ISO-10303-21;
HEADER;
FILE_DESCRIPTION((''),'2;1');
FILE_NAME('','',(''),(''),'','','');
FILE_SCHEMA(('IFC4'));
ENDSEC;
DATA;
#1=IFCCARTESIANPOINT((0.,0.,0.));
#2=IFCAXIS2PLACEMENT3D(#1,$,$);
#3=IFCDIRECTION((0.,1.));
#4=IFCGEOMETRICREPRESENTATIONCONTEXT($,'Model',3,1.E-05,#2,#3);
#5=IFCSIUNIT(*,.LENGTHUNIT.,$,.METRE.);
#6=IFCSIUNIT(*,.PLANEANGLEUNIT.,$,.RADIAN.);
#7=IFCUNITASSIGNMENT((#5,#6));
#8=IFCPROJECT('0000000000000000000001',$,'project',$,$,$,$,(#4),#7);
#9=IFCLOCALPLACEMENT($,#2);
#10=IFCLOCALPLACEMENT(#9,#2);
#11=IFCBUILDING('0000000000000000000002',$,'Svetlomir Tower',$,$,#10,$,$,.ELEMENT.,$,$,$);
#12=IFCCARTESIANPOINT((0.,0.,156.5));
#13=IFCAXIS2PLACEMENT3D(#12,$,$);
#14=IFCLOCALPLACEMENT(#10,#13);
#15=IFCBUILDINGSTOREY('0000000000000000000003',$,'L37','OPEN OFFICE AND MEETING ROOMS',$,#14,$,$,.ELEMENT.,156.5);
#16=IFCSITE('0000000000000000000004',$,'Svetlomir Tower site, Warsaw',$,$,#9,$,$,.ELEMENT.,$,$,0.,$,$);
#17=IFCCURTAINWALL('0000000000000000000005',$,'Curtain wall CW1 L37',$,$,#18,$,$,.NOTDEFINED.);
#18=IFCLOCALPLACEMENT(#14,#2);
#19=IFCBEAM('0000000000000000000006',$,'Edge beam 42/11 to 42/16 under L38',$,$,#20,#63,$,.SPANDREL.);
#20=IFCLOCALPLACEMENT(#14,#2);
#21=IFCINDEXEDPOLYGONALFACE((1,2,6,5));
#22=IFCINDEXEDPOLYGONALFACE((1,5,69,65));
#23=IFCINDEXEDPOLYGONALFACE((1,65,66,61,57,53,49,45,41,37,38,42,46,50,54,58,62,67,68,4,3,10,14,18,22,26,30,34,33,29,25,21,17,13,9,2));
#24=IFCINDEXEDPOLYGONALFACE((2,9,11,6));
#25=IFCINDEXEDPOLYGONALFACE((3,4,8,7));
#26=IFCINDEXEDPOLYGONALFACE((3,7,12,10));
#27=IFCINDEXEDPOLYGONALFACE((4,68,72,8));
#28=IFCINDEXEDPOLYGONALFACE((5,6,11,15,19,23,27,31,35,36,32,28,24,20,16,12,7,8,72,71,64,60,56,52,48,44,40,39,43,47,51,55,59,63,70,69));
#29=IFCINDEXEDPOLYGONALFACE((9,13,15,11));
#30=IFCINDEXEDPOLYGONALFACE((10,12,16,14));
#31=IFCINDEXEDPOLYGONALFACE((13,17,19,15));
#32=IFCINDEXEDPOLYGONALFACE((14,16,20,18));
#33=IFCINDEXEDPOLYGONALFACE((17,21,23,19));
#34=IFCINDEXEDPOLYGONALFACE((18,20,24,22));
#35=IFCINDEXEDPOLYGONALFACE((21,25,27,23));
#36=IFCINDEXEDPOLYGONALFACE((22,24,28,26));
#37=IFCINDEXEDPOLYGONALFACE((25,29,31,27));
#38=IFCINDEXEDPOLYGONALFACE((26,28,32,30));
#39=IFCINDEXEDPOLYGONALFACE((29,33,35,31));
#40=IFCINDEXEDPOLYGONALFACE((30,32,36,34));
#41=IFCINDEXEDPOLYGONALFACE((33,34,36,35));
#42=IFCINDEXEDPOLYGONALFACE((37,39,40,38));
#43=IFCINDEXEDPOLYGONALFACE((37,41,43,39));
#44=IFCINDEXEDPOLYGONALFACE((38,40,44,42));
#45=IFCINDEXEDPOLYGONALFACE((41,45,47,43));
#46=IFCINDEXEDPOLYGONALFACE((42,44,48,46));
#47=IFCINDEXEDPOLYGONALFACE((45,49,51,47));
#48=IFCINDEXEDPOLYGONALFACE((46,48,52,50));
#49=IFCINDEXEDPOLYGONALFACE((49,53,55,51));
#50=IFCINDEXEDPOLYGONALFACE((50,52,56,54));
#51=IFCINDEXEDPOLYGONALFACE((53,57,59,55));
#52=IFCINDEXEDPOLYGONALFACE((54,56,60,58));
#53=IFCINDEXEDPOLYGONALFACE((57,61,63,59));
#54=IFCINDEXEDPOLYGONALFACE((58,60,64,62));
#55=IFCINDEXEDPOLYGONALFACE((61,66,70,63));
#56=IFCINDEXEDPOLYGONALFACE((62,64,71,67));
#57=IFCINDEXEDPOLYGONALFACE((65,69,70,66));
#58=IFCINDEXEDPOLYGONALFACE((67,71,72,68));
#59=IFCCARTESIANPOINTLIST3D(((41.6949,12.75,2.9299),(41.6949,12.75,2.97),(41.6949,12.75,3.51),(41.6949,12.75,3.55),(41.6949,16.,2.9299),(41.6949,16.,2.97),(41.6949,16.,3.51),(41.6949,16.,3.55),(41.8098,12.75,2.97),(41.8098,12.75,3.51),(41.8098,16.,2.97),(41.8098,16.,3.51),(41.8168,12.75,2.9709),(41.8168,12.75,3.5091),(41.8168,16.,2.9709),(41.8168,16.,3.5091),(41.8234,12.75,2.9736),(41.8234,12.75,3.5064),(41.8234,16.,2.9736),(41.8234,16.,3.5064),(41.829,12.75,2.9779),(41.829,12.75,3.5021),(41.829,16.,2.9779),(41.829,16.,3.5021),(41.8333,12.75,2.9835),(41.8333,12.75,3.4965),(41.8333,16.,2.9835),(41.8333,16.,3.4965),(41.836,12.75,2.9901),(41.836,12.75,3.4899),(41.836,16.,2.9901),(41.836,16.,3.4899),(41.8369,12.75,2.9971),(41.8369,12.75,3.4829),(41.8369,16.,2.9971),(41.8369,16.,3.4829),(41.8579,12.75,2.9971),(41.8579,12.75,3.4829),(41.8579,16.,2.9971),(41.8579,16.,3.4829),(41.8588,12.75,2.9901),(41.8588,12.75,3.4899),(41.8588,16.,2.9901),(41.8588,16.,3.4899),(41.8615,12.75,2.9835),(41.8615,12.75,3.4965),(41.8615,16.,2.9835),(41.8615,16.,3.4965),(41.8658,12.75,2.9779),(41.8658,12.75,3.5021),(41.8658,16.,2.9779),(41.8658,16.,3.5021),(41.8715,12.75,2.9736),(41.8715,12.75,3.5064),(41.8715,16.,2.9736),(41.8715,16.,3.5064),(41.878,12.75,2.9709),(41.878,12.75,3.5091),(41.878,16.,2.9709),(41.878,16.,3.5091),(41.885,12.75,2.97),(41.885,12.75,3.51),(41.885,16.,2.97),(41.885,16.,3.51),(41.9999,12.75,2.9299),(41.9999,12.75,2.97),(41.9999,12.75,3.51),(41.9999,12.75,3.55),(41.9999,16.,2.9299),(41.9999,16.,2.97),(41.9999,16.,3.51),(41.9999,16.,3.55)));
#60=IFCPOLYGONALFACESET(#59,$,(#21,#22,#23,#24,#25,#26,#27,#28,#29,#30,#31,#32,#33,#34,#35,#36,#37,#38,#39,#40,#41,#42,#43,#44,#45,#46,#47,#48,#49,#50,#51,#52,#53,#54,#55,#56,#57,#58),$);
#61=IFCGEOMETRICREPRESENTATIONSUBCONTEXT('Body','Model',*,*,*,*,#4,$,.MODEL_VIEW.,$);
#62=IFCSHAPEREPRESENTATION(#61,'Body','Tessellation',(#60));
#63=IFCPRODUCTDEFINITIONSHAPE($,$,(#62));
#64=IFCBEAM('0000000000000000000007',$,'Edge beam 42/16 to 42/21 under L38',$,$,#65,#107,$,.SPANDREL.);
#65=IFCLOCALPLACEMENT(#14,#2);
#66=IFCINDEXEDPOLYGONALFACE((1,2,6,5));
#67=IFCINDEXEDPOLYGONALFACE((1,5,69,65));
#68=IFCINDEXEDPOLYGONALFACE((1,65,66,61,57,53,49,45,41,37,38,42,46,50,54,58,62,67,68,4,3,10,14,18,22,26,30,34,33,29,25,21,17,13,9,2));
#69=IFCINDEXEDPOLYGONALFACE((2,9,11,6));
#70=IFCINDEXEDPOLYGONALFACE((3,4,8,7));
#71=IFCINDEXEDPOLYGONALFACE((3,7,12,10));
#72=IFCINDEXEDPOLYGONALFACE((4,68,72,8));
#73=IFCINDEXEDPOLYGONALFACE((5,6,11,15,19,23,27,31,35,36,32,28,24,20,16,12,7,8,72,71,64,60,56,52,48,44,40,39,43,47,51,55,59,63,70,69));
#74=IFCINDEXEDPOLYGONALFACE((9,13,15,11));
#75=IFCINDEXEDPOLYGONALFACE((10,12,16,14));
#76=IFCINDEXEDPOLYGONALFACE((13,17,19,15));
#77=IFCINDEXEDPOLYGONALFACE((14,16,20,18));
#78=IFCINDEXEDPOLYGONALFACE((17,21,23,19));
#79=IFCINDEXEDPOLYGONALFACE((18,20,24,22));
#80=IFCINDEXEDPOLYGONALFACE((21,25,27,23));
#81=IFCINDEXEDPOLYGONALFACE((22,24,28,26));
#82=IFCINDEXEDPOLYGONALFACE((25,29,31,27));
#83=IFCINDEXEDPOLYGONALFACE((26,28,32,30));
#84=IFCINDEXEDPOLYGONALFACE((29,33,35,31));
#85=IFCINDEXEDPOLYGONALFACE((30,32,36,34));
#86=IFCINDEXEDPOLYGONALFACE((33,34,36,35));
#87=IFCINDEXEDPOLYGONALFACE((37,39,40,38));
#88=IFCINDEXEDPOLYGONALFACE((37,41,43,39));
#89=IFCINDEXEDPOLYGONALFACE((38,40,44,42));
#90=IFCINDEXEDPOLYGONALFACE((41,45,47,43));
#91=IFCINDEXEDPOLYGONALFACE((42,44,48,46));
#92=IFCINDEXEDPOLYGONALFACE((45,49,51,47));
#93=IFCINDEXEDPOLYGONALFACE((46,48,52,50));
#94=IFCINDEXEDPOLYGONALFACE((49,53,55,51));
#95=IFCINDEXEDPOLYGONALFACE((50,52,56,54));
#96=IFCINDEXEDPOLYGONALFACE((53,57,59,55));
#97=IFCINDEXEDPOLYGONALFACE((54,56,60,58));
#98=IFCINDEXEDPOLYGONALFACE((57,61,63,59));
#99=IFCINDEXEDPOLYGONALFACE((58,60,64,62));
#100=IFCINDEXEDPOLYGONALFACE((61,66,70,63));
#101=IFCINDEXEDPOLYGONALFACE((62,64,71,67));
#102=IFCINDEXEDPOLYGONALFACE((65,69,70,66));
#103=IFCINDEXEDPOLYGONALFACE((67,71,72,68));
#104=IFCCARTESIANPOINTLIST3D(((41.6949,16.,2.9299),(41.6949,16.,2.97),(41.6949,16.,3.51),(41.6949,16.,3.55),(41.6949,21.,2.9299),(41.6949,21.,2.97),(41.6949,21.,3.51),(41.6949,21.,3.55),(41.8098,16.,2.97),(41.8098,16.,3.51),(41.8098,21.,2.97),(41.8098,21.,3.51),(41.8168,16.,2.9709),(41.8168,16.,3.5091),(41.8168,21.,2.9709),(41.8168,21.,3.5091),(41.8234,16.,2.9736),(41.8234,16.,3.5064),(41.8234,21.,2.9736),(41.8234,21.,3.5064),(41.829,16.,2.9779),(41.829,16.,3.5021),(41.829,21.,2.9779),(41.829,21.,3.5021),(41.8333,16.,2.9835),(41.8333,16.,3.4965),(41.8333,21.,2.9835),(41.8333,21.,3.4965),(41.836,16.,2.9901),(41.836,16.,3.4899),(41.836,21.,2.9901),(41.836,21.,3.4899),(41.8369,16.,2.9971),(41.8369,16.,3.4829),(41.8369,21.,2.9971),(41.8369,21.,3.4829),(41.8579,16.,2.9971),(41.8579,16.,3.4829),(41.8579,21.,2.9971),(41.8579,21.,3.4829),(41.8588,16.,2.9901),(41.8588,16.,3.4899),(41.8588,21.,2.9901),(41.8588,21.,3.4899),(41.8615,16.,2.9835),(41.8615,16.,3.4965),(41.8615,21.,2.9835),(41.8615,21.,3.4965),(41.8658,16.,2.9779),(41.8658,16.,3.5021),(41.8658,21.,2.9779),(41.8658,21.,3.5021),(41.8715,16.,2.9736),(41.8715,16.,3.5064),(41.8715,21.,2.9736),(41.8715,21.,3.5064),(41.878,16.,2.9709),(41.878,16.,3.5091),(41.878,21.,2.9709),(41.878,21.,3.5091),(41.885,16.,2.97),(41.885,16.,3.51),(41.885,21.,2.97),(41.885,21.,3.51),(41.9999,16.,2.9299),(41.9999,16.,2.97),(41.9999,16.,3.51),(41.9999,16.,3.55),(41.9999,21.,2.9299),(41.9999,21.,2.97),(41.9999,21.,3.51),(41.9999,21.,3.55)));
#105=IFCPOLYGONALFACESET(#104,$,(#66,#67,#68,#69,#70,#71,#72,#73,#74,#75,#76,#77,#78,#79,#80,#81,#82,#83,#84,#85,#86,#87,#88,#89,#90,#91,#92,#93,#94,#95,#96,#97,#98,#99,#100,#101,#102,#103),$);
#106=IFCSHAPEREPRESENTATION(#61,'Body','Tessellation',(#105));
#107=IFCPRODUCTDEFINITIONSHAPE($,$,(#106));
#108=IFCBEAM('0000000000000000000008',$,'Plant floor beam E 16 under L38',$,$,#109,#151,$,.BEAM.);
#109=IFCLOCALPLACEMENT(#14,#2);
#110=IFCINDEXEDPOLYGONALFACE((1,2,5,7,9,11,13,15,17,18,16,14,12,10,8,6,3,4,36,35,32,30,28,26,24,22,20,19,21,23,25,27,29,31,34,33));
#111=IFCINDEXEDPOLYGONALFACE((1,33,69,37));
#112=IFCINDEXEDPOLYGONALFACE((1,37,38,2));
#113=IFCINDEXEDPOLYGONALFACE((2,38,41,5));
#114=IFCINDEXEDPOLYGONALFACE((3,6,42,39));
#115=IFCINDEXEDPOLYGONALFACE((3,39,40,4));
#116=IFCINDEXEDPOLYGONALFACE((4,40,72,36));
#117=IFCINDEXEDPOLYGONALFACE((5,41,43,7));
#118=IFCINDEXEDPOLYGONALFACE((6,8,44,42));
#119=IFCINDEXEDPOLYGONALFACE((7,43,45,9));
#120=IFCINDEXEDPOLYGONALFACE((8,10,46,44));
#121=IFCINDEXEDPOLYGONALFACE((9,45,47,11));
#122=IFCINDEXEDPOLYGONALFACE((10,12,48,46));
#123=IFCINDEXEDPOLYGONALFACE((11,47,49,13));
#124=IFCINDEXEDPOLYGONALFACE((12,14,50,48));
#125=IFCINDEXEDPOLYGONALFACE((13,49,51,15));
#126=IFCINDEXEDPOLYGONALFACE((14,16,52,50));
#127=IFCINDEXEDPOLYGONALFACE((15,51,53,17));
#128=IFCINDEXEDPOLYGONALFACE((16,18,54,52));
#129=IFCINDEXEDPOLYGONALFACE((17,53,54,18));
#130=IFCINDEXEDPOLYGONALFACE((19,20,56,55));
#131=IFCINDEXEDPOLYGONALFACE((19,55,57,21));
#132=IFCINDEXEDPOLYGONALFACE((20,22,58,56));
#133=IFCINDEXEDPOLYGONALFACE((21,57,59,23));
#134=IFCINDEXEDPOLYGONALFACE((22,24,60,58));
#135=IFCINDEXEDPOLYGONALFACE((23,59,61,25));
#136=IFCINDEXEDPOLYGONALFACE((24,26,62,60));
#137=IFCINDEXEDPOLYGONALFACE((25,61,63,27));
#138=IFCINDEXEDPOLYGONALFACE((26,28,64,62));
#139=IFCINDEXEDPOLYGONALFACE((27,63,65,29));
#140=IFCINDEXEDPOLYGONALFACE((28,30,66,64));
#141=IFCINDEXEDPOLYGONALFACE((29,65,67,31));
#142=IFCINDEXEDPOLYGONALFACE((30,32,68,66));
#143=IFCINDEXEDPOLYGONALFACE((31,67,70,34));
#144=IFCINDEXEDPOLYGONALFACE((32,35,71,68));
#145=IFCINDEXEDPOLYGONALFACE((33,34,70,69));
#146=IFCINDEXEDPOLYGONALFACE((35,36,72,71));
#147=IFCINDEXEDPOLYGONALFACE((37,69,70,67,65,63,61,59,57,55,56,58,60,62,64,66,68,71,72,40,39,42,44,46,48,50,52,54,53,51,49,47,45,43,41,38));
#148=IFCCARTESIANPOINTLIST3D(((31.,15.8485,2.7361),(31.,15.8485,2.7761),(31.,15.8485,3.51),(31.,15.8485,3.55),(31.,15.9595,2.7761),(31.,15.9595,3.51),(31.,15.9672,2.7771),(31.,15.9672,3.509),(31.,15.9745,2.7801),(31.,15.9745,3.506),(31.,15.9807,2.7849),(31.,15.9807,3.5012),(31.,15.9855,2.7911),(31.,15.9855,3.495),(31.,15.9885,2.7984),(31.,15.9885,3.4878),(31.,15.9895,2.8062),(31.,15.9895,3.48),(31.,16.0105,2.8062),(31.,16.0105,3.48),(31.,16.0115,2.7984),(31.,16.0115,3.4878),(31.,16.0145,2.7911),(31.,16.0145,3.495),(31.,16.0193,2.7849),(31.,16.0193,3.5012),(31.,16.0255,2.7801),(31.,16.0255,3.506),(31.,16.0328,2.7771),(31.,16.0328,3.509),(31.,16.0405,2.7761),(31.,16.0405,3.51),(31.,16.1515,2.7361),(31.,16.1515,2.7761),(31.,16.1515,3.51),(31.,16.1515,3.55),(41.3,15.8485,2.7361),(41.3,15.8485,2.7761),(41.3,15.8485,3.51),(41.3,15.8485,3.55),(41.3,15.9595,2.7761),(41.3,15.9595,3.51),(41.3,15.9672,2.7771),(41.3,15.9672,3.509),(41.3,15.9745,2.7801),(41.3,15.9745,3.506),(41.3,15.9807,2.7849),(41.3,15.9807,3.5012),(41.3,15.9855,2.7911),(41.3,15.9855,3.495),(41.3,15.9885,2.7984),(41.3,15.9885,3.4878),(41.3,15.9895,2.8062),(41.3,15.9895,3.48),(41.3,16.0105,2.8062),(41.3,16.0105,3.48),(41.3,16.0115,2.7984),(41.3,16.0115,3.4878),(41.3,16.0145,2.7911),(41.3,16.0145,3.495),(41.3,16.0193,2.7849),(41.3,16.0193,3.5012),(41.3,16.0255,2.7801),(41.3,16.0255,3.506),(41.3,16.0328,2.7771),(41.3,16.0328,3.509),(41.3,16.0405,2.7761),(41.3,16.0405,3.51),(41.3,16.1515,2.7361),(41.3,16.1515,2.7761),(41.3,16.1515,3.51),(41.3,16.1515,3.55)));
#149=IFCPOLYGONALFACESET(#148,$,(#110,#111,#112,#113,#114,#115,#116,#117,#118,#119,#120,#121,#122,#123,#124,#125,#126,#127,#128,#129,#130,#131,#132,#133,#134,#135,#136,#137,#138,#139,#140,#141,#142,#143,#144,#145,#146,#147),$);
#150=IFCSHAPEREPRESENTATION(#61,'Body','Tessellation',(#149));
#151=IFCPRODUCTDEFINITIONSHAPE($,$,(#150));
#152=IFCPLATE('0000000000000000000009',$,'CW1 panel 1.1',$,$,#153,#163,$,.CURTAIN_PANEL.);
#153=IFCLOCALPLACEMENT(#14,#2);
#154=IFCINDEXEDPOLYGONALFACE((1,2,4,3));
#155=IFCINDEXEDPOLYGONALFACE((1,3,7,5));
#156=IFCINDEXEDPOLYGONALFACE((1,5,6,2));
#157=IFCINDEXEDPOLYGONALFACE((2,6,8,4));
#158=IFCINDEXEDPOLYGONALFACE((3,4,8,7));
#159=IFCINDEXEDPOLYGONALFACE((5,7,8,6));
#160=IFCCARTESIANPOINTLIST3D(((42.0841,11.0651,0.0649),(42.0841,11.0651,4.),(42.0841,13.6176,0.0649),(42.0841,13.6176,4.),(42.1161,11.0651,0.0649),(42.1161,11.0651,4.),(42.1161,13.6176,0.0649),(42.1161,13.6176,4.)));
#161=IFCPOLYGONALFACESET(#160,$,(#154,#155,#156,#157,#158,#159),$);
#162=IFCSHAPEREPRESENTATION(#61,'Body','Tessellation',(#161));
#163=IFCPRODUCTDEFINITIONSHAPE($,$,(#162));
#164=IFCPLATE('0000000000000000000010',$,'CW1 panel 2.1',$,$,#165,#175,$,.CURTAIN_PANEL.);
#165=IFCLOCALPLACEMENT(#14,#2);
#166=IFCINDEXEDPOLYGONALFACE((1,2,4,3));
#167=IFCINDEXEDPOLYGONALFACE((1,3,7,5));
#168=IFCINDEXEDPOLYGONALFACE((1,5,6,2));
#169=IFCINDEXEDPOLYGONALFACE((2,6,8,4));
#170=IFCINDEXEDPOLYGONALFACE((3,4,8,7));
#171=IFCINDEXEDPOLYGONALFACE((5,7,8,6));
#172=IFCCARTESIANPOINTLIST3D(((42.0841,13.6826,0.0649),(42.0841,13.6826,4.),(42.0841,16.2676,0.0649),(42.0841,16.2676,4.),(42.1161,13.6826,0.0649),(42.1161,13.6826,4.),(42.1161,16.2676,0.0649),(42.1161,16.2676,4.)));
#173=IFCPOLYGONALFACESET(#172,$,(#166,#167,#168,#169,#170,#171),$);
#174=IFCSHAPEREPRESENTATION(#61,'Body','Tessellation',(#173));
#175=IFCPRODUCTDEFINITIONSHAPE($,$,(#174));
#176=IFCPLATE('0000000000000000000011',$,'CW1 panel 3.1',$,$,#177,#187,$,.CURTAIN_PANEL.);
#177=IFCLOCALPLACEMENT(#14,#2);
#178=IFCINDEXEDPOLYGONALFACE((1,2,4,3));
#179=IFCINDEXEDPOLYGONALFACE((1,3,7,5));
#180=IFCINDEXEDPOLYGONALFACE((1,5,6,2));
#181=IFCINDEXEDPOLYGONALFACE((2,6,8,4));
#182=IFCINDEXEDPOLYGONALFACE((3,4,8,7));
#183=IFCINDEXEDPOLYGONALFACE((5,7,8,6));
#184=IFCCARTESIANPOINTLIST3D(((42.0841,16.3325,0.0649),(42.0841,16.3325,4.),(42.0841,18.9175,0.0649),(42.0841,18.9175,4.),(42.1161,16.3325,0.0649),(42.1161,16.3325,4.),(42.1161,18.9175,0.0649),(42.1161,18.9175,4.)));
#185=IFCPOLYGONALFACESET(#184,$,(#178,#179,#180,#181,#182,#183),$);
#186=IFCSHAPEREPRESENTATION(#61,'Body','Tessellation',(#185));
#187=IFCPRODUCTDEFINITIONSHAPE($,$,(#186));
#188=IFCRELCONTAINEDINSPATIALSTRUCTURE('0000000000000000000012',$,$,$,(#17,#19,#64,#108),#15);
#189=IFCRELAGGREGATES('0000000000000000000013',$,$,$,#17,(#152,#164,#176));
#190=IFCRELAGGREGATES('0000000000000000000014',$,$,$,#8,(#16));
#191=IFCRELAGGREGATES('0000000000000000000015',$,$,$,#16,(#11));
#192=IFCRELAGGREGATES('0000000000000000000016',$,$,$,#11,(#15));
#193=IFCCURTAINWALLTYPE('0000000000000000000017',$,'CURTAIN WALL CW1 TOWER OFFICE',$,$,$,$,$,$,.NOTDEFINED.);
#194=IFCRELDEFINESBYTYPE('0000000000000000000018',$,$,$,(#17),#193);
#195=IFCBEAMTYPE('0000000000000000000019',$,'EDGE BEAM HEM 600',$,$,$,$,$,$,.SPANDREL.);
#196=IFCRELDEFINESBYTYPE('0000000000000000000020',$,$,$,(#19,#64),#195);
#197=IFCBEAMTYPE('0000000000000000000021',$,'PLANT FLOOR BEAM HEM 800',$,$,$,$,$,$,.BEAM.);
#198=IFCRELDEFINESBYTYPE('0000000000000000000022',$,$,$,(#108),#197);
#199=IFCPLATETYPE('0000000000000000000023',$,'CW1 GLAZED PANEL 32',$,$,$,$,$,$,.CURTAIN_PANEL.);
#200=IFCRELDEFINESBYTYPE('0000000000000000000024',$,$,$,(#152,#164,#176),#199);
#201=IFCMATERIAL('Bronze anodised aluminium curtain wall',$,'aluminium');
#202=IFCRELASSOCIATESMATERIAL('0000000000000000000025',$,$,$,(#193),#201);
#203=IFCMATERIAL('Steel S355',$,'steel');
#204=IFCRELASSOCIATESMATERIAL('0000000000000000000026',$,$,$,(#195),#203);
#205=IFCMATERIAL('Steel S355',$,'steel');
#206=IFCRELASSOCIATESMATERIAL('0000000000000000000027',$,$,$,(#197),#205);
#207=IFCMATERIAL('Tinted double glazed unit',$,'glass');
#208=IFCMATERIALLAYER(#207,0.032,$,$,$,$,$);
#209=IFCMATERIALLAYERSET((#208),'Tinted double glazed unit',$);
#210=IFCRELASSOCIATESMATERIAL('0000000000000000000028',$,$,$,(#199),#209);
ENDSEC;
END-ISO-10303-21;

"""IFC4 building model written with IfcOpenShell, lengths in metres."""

from ifc_helpers import new_model, si_unit, direction, frame, origin, origin_2d, place, context, subcontext, project, spatial, rectangle, i_section, extrude, material, layer, layer_set, material_profile, profile_set, type_object, element, aggregate, save


model = new_model("IFC4")

# Units and contexts
model_context = context("Model", 3, precision=1e-05, world=origin(), true_north=direction((0.0, 1.0)))
body_context = subcontext(model_context, "Body", "Model", "MODEL_VIEW")
ifc_project = project(units=[si_unit("LENGTHUNIT", "METRE"), si_unit("PLANEANGLEUNIT", "RADIAN")], contexts=[model_context])

# Site, building, storey
site_placement = place(None, origin())
site = spatial("IfcSite", under=ifc_project, at=site_placement, Name="Svetlomir Tower site, Warsaw", CompositionType="ELEMENT", RefElevation=0.0)
building_placement = place(site_placement, origin())
building = spatial("IfcBuilding", under=site, at=building_placement, Name="Svetlomir Tower", CompositionType="ELEMENT")
storey_placement = place(building_placement, frame((0.0, 0.0, 156.5)))
storey = spatial("IfcBuildingStorey", under=building, at=storey_placement, Name="L37", Description="OPEN OFFICE AND MEETING ROOMS", CompositionType="ELEMENT", Elevation=156.5)

# Curtain wall
ifc_material_1 = material(Name="Bronze anodised aluminium curtain wall", Category="aluminium")
curtain_wall_type = type_object("IfcCurtainWallType", Name="CURTAIN WALL CW1 TOWER OFFICE", PredefinedType="NOTDEFINED", material=ifc_material_1)
curtain_wall_1_placement = place(storey_placement, origin())
curtain_wall_1 = element("IfcCurtainWall", 1, at=curtain_wall_1_placement, inside=storey, type_object=curtain_wall_type, Name="Curtain wall CW1 L37", PredefinedType="NOTDEFINED")

# Beams
ifc_material_2 = material(Name="Steel S355", Category="steel")
ifc_material_profile_1 = material_profile(ifc_material_2, i_section(OverallWidth=0.3049, OverallDepth=0.6201, WebThickness=0.021, FlangeThickness=0.04, FilletRadius=0.0271, at=origin_2d()), Name="HEM 600")
ifc_profile_set_1 = profile_set([ifc_material_profile_1], Name="Steel S355")
beam_type_1 = type_object("IfcBeamType", Name="EDGE BEAM HEM 600", PredefinedType="SPANDREL", material=ifc_profile_set_1)
beam_1_placement = place(storey_placement, frame((41.8474, 12.75, 3.24), z_axis=(0.0, 1.0, 0.0), x_axis=(-1.0, 0.0, 0.0)))
element("IfcBeam", 2, at=beam_1_placement, inside=storey, type_object=beam_type_1, Name="Edge beam 42/11 to 42/16 under L38", PredefinedType="SPANDREL", context=body_context, shape_type="SweptSolid", body=[
    extrude(i_section(OverallWidth=0.3049, OverallDepth=0.6201, WebThickness=0.021, FlangeThickness=0.04, FilletRadius=0.0271, at=origin_2d()), origin(), (0.0, 0.0, 1.0), 3.25),
])
beam_2_placement = place(storey_placement, frame((41.8474, 16.0, 3.24), z_axis=(0.0, 1.0, 0.0), x_axis=(-1.0, 0.0, 0.0)))
element("IfcBeam", 3, at=beam_2_placement, inside=storey, type_object=beam_type_1, Name="Edge beam 42/16 to 42/21 under L38", PredefinedType="SPANDREL", context=body_context, shape_type="SweptSolid", body=[
    extrude(i_section(OverallWidth=0.3049, OverallDepth=0.6201, WebThickness=0.021, FlangeThickness=0.04, FilletRadius=0.0271, at=origin_2d()), origin(), (0.0, 0.0, 1.0), 5.0),
])
ifc_material_3 = material(Name="Steel S355", Category="steel")
ifc_material_profile_2 = material_profile(ifc_material_3, i_section(OverallWidth=0.303, OverallDepth=0.814, WebThickness=0.021, FlangeThickness=0.04, FilletRadius=0.03, at=origin_2d()), Name="HEM 800")
ifc_profile_set_2 = profile_set([ifc_material_profile_2], Name="Steel S355")
beam_type_2 = type_object("IfcBeamType", Name="PLANT FLOOR BEAM HEM 800", PredefinedType="BEAM", material=ifc_profile_set_2)
beam_3_placement = place(storey_placement, frame((41.3, 16.0, 3.1431), z_axis=(-1.0, 0.0, 0.0), x_axis=(0.0, -1.0, 0.0)))
element("IfcBeam", 4, at=beam_3_placement, inside=storey, type_object=beam_type_2, Name="Plant floor beam E 16 under L38", PredefinedType="BEAM", context=body_context, shape_type="SweptSolid", body=[
    extrude(i_section(OverallWidth=0.303, OverallDepth=0.814, WebThickness=0.021, FlangeThickness=0.04, FilletRadius=0.03, at=origin_2d()), origin(), (0.0, 0.0, 1.0), 10.3),
])

# Plates
ifc_material_4 = material(Name="Tinted double glazed unit", Category="glass")
ifc_layer_1 = layer(ifc_material_4, 0.032)
ifc_layer_set_1 = layer_set([ifc_layer_1], Name="Tinted double glazed unit")
plate_type = type_object("IfcPlateType", Name="CW1 GLAZED PANEL 32", PredefinedType="CURTAIN_PANEL", material=ifc_layer_set_1)
plate_1_placement = place(storey_placement, frame((42.1001, 12.3413, 0.0649), z_axis=(0.0, 0.0, 1.0), x_axis=(0.0, 1.0, 0.0)))
plate_1 = element("IfcPlate", 5, at=plate_1_placement, type_object=plate_type, Name="CW1 panel 1.1", PredefinedType="CURTAIN_PANEL", context=body_context, shape_type="SweptSolid", body=[
    extrude(rectangle(XDim=2.5525, YDim=0.032, at=origin_2d()), origin(), (0.0, 0.0, 1.0), 3.9351),
])
plate_2_placement = place(storey_placement, frame((42.1001, 14.9751, 0.0649), z_axis=(0.0, 0.0, 1.0), x_axis=(0.0, 1.0, 0.0)))
plate_2 = element("IfcPlate", 6, at=plate_2_placement, type_object=plate_type, Name="CW1 panel 2.1", PredefinedType="CURTAIN_PANEL", context=body_context, shape_type="SweptSolid", body=[
    extrude(rectangle(XDim=2.585, YDim=0.032, at=origin_2d()), origin(), (0.0, 0.0, 1.0), 3.9351),
])
plate_3_placement = place(storey_placement, frame((42.1001, 17.625, 0.0649), z_axis=(0.0, 0.0, 1.0), x_axis=(0.0, 1.0, 0.0)))
plate_3 = element("IfcPlate", 7, at=plate_3_placement, type_object=plate_type, Name="CW1 panel 3.1", PredefinedType="CURTAIN_PANEL", context=body_context, shape_type="SweptSolid", body=[
    extrude(rectangle(XDim=2.585, YDim=0.032, at=origin_2d()), origin(), (0.0, 0.0, 1.0), 3.9351),
])
aggregate(curtain_wall_1, [plate_1, plate_2, plate_3])

save(model, "model.ifc")
